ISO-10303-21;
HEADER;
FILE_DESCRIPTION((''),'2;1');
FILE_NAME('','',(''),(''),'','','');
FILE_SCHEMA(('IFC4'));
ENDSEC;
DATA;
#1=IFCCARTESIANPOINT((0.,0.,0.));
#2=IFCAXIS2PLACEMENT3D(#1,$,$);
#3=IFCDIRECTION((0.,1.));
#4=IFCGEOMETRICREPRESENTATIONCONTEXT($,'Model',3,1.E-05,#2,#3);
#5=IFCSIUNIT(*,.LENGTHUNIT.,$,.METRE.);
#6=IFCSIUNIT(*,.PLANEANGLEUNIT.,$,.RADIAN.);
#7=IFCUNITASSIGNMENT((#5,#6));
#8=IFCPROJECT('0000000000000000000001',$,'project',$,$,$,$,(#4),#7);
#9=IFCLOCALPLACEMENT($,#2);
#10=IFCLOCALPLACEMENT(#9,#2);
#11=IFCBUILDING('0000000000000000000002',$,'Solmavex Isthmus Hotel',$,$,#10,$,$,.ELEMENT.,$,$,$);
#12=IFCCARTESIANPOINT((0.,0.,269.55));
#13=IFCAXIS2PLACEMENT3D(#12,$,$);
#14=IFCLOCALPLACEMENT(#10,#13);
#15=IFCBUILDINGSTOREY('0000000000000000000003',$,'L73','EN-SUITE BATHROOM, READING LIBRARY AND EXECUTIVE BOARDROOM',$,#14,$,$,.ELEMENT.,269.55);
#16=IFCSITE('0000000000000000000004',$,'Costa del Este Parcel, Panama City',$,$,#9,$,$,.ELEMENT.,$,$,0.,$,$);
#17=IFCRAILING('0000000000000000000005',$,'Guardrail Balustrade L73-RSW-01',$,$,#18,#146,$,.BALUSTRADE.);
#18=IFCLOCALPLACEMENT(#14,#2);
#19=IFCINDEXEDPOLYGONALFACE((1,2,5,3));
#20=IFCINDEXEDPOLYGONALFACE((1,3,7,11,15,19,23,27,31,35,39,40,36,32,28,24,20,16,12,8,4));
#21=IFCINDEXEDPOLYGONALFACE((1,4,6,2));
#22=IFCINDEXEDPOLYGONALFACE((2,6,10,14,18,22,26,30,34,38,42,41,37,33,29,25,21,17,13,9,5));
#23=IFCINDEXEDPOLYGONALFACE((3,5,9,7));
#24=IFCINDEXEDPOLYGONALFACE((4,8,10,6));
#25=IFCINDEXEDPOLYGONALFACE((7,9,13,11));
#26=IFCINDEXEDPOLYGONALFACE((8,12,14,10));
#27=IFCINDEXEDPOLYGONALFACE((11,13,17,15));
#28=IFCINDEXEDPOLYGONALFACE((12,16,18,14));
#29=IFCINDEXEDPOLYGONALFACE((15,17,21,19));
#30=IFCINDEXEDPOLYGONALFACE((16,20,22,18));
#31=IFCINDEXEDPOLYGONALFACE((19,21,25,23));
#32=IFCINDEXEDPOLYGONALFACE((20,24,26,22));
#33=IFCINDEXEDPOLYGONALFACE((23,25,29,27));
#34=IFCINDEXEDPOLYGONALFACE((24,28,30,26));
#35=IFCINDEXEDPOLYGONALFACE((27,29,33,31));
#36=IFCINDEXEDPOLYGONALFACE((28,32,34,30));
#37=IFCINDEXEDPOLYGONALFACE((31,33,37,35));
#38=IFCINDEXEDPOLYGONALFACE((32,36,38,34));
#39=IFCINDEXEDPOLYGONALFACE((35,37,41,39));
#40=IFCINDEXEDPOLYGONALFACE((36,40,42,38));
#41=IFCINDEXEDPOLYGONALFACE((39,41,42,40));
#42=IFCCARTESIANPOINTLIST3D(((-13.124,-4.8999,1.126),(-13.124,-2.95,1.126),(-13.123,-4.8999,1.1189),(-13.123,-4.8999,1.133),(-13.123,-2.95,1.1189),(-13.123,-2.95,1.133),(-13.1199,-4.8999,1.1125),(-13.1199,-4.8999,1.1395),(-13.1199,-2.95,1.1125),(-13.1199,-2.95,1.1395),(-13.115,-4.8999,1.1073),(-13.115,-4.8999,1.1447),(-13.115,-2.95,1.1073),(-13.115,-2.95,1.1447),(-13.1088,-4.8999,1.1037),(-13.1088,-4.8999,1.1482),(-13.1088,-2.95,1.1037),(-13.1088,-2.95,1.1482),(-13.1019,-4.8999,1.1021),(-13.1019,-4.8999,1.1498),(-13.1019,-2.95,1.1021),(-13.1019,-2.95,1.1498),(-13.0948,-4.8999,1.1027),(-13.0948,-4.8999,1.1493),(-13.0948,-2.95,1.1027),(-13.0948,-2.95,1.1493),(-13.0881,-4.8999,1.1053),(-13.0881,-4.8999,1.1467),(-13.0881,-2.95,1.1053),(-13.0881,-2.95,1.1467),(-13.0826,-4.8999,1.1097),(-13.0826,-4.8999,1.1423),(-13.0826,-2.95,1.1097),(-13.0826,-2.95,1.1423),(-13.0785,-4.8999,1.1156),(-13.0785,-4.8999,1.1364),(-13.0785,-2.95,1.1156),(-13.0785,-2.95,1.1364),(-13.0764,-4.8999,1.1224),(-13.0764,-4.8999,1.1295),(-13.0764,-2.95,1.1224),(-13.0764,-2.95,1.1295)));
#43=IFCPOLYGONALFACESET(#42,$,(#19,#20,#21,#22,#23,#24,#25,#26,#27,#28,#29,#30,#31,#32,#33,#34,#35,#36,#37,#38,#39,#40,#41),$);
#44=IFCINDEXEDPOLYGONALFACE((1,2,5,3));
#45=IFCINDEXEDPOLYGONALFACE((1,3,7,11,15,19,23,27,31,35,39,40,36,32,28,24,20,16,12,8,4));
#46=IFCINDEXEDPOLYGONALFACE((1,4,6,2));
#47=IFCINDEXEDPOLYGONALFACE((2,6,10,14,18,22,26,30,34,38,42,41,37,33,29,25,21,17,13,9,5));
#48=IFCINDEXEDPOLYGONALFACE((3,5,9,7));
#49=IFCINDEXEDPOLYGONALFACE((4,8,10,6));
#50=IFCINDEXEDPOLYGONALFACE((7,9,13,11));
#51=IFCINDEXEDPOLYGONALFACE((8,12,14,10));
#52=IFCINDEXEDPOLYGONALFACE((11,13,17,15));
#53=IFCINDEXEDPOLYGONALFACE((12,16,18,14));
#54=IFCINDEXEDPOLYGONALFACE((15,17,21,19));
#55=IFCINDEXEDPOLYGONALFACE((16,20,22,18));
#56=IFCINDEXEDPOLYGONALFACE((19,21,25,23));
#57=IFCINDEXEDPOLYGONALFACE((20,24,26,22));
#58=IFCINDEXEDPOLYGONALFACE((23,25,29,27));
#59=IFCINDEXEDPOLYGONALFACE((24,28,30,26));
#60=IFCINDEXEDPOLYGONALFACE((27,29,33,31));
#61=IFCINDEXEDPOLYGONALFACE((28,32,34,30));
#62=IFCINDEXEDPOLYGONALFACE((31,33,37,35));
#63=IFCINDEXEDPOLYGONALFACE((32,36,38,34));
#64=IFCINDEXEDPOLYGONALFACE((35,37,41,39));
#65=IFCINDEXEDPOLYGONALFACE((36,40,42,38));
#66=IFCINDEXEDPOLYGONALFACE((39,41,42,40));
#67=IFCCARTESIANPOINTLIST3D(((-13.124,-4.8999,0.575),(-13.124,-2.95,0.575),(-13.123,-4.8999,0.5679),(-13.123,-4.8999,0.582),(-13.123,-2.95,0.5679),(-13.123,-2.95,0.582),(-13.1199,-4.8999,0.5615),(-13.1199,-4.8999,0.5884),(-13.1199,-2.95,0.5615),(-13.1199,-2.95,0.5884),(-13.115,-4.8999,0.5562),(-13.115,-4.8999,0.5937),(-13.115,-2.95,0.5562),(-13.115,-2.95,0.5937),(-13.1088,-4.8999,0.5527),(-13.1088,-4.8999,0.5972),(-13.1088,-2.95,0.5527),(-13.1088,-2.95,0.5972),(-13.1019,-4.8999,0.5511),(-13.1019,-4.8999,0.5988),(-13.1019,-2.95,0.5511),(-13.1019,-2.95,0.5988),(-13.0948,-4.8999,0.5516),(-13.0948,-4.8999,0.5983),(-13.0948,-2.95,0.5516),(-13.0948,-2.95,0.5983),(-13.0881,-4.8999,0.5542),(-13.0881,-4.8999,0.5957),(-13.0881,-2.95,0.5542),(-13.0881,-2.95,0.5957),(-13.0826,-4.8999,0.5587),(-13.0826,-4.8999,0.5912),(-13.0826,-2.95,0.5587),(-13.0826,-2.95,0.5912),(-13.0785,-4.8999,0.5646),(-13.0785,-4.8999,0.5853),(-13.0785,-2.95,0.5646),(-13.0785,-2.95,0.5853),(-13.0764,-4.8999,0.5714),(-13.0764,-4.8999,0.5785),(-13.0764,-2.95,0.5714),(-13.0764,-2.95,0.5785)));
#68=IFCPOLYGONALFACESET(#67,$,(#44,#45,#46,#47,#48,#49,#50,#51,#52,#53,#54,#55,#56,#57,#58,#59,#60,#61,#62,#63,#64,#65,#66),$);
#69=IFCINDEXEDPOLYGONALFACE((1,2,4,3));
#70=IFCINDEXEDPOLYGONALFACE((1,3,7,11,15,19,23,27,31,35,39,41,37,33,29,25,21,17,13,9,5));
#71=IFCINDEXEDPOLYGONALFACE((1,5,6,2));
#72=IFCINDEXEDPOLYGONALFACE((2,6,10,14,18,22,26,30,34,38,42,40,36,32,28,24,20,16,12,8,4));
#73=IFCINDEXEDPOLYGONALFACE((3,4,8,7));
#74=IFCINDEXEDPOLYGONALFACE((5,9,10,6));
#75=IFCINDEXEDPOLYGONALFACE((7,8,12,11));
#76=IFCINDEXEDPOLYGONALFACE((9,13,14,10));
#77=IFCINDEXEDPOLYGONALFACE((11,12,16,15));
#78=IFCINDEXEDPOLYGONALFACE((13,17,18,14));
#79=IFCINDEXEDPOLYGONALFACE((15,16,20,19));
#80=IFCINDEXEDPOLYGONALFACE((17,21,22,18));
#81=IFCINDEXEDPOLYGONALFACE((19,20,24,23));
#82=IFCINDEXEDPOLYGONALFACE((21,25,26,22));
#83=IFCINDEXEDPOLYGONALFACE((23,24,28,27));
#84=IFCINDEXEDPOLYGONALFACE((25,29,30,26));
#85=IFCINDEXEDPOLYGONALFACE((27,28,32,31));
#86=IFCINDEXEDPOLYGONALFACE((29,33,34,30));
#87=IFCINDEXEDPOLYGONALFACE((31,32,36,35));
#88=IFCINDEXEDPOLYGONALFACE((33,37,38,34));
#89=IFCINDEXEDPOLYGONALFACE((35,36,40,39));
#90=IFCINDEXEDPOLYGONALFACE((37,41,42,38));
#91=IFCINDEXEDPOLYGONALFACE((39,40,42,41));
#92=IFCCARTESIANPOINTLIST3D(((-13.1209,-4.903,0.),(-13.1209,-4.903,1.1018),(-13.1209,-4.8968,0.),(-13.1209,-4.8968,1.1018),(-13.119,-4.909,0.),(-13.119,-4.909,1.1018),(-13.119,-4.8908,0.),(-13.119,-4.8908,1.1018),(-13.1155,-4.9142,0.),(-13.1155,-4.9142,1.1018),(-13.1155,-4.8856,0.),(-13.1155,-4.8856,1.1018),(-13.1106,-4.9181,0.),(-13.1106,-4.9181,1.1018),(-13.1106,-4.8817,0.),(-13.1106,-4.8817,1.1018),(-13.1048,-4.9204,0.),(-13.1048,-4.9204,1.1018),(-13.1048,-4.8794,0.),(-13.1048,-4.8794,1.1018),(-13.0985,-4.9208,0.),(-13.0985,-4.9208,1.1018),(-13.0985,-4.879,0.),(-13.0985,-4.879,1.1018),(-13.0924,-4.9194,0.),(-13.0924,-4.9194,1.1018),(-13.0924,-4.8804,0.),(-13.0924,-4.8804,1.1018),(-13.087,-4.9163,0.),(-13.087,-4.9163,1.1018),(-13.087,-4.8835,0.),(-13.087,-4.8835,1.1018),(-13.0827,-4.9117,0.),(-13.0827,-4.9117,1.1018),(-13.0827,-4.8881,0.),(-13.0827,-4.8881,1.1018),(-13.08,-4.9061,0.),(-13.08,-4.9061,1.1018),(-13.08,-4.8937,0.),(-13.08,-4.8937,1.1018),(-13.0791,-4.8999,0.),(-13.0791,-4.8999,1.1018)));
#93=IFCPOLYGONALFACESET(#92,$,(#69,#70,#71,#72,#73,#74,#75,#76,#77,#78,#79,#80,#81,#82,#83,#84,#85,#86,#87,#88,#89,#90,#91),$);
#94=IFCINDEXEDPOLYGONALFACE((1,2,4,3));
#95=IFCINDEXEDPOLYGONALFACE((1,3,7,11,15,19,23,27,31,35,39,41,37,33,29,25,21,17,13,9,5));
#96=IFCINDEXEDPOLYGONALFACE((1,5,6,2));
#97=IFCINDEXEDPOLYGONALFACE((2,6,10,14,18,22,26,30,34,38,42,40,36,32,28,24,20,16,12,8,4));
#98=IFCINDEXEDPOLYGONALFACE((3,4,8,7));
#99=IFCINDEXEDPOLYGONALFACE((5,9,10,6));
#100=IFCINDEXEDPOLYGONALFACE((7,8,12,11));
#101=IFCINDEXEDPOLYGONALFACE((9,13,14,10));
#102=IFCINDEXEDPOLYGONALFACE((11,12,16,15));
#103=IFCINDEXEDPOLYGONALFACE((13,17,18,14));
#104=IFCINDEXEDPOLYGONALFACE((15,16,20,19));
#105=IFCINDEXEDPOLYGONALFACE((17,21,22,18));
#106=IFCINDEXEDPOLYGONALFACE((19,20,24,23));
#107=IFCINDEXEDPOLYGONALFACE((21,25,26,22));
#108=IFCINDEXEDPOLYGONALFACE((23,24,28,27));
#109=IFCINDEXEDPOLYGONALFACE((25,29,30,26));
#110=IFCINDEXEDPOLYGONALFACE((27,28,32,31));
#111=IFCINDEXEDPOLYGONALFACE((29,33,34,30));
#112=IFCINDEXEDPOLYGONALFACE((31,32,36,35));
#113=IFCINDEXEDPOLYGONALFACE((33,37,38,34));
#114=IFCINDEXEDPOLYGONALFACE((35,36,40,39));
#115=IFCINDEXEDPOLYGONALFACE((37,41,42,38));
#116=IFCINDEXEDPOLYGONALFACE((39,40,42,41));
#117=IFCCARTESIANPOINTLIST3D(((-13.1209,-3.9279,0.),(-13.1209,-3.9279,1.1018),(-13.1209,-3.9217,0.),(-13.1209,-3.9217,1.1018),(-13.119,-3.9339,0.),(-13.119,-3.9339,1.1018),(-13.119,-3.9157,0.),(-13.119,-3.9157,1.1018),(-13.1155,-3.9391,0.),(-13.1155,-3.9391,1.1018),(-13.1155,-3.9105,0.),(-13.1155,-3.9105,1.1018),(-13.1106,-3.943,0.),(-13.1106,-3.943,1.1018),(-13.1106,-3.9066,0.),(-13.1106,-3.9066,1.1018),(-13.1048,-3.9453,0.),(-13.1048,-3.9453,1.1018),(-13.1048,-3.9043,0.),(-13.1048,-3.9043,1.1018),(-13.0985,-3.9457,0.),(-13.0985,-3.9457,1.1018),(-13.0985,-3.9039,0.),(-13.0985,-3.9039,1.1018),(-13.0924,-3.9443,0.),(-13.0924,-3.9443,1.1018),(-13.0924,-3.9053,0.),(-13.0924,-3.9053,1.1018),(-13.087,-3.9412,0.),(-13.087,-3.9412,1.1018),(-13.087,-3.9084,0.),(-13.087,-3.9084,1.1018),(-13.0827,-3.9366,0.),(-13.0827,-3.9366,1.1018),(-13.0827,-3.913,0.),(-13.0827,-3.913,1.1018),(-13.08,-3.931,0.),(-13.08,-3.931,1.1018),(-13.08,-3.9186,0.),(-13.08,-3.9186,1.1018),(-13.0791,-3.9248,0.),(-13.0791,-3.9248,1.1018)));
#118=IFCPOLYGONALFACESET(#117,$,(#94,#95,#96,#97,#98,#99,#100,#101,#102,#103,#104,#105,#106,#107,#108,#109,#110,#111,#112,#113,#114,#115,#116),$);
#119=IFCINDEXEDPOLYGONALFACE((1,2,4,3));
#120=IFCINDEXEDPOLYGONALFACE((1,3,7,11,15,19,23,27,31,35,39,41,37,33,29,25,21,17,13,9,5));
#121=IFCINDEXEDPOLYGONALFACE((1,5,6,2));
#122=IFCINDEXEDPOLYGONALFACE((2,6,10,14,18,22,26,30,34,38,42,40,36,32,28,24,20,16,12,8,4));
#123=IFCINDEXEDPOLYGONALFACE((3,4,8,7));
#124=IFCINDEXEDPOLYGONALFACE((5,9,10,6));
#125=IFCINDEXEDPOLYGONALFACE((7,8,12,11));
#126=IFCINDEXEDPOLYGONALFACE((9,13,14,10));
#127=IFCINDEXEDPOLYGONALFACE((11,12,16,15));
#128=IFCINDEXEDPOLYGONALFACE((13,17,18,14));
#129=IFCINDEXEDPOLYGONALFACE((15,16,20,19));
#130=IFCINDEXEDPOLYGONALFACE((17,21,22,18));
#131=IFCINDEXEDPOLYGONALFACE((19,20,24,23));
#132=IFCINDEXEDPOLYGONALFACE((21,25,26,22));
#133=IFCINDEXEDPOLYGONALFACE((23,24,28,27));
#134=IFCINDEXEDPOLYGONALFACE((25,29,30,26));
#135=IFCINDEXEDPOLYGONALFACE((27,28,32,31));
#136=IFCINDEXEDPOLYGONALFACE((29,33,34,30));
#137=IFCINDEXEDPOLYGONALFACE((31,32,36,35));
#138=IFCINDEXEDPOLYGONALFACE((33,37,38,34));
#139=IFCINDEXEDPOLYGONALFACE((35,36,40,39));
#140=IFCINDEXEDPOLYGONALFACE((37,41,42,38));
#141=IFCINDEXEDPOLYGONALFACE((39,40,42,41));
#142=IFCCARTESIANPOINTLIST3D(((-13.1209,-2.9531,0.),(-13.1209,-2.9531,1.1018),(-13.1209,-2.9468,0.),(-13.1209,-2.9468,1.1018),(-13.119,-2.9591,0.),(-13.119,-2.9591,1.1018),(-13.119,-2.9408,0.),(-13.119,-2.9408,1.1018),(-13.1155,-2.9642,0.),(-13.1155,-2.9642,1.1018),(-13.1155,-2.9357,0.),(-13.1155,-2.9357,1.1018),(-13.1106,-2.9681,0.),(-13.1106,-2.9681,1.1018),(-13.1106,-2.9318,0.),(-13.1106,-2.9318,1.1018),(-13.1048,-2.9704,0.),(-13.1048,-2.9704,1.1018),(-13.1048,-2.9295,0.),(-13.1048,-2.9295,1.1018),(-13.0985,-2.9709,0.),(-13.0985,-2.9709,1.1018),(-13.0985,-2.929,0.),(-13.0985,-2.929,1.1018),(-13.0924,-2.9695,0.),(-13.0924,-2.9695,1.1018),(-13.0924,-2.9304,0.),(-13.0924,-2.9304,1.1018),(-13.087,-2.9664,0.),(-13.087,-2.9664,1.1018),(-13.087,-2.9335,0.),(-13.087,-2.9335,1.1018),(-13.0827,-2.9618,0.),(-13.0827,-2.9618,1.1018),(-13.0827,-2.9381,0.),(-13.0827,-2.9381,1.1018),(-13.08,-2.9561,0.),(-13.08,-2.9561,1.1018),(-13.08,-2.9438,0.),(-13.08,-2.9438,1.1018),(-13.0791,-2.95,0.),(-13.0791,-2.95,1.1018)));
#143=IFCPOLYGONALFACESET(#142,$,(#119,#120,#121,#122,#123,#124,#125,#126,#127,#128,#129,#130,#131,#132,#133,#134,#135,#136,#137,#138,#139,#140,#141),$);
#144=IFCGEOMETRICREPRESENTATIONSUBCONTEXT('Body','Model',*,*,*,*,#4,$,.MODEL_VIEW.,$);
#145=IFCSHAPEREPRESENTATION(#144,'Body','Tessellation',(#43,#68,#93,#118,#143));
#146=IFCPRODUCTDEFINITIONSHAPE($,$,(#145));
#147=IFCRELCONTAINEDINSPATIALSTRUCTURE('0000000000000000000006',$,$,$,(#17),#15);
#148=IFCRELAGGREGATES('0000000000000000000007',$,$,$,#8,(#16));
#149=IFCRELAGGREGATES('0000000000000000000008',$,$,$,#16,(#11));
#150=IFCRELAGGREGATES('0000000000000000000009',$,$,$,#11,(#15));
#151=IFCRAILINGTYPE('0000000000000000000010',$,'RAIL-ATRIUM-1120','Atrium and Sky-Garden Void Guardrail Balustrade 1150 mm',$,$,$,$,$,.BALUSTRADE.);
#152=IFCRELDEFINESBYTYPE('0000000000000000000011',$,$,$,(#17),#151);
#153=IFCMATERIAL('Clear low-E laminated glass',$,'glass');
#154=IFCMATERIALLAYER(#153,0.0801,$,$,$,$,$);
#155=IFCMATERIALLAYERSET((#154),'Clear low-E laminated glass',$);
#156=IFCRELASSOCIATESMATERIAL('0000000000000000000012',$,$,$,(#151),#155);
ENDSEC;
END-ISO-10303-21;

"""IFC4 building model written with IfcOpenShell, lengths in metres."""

from ifc_helpers import new_model, si_unit, direction, frame, origin, origin_2d, place, context, subcontext, project, spatial, circle, extrude, material, layer, layer_set, type_object, element, save


model = new_model("IFC4")

# Units and contexts
model_context = context("Model", 3, precision=1e-05, world=origin(), true_north=direction((0.0, 1.0)))
body_context = subcontext(model_context, "Body", "Model", "MODEL_VIEW")
ifc_project = project(units=[si_unit("LENGTHUNIT", "METRE"), si_unit("PLANEANGLEUNIT", "RADIAN")], contexts=[model_context])

# Site, building, storey
site_placement = place(None, origin())
site = spatial("IfcSite", under=ifc_project, at=site_placement, Name="Costa del Este Parcel, Panama City", CompositionType="ELEMENT", RefElevation=0.0)
building_placement = place(site_placement, origin())
building = spatial("IfcBuilding", under=site, at=building_placement, Name="Solmavex Isthmus Hotel", CompositionType="ELEMENT")
storey_placement = place(building_placement, frame((0.0, 0.0, 269.55)))
storey = spatial("IfcBuildingStorey", under=building, at=storey_placement, Name="L73", Description="EN-SUITE BATHROOM, READING LIBRARY AND EXECUTIVE BOARDROOM", CompositionType="ELEMENT", Elevation=269.55)

# Railing
ifc_material_1 = material(Name="Clear low-E laminated glass", Category="glass")
ifc_layer_1 = layer(ifc_material_1, 0.0801)
ifc_layer_set_1 = layer_set([ifc_layer_1], Name="Clear low-E laminated glass")
railing_type_1 = type_object("IfcRailingType", Name="RAIL-ATRIUM-1120", Description="Atrium and Sky-Garden Void Guardrail Balustrade 1150 mm", PredefinedType="BALUSTRADE", material=ifc_layer_set_1)
railing_1_placement = place(storey_placement, frame((-13.1001, -4.8999, 0.0)))
element("IfcRailing", 1, at=railing_1_placement, inside=storey, type_object=railing_type_1, Name="Guardrail Balustrade L73-RSW-01", PredefinedType="BALUSTRADE", context=body_context, shape_type="SweptSolid", body=[
    extrude(circle(Radius=0.0239, at=origin_2d()), frame((0.0, 0.0, 1.126), z_axis=(0.0, 1.0, 0.0), x_axis=(-1.0, 0.0, 0.0)), (0.0, 0.0, 1.0), 1.95),
    extrude(circle(Radius=0.0239, at=origin_2d()), frame((0.0, 0.0, 0.575), z_axis=(0.0, 1.0, 0.0), x_axis=(-1.0, 0.0, 0.0)), (0.0, 0.0, 1.0), 1.95),
    extrude(circle(Radius=0.021, at=origin_2d()), origin(), (0.0, 0.0, 1.0), 1.1018),
    extrude(circle(Radius=0.021, at=origin_2d()), frame((0.0, 0.9751, 0.0)), (0.0, 0.0, 1.0), 1.1018),
    extrude(circle(Radius=0.021, at=origin_2d()), frame((0.0, 1.95, 0.0)), (0.0, 0.0, 1.0), 1.1018),
])

save(model, "model.ifc")
